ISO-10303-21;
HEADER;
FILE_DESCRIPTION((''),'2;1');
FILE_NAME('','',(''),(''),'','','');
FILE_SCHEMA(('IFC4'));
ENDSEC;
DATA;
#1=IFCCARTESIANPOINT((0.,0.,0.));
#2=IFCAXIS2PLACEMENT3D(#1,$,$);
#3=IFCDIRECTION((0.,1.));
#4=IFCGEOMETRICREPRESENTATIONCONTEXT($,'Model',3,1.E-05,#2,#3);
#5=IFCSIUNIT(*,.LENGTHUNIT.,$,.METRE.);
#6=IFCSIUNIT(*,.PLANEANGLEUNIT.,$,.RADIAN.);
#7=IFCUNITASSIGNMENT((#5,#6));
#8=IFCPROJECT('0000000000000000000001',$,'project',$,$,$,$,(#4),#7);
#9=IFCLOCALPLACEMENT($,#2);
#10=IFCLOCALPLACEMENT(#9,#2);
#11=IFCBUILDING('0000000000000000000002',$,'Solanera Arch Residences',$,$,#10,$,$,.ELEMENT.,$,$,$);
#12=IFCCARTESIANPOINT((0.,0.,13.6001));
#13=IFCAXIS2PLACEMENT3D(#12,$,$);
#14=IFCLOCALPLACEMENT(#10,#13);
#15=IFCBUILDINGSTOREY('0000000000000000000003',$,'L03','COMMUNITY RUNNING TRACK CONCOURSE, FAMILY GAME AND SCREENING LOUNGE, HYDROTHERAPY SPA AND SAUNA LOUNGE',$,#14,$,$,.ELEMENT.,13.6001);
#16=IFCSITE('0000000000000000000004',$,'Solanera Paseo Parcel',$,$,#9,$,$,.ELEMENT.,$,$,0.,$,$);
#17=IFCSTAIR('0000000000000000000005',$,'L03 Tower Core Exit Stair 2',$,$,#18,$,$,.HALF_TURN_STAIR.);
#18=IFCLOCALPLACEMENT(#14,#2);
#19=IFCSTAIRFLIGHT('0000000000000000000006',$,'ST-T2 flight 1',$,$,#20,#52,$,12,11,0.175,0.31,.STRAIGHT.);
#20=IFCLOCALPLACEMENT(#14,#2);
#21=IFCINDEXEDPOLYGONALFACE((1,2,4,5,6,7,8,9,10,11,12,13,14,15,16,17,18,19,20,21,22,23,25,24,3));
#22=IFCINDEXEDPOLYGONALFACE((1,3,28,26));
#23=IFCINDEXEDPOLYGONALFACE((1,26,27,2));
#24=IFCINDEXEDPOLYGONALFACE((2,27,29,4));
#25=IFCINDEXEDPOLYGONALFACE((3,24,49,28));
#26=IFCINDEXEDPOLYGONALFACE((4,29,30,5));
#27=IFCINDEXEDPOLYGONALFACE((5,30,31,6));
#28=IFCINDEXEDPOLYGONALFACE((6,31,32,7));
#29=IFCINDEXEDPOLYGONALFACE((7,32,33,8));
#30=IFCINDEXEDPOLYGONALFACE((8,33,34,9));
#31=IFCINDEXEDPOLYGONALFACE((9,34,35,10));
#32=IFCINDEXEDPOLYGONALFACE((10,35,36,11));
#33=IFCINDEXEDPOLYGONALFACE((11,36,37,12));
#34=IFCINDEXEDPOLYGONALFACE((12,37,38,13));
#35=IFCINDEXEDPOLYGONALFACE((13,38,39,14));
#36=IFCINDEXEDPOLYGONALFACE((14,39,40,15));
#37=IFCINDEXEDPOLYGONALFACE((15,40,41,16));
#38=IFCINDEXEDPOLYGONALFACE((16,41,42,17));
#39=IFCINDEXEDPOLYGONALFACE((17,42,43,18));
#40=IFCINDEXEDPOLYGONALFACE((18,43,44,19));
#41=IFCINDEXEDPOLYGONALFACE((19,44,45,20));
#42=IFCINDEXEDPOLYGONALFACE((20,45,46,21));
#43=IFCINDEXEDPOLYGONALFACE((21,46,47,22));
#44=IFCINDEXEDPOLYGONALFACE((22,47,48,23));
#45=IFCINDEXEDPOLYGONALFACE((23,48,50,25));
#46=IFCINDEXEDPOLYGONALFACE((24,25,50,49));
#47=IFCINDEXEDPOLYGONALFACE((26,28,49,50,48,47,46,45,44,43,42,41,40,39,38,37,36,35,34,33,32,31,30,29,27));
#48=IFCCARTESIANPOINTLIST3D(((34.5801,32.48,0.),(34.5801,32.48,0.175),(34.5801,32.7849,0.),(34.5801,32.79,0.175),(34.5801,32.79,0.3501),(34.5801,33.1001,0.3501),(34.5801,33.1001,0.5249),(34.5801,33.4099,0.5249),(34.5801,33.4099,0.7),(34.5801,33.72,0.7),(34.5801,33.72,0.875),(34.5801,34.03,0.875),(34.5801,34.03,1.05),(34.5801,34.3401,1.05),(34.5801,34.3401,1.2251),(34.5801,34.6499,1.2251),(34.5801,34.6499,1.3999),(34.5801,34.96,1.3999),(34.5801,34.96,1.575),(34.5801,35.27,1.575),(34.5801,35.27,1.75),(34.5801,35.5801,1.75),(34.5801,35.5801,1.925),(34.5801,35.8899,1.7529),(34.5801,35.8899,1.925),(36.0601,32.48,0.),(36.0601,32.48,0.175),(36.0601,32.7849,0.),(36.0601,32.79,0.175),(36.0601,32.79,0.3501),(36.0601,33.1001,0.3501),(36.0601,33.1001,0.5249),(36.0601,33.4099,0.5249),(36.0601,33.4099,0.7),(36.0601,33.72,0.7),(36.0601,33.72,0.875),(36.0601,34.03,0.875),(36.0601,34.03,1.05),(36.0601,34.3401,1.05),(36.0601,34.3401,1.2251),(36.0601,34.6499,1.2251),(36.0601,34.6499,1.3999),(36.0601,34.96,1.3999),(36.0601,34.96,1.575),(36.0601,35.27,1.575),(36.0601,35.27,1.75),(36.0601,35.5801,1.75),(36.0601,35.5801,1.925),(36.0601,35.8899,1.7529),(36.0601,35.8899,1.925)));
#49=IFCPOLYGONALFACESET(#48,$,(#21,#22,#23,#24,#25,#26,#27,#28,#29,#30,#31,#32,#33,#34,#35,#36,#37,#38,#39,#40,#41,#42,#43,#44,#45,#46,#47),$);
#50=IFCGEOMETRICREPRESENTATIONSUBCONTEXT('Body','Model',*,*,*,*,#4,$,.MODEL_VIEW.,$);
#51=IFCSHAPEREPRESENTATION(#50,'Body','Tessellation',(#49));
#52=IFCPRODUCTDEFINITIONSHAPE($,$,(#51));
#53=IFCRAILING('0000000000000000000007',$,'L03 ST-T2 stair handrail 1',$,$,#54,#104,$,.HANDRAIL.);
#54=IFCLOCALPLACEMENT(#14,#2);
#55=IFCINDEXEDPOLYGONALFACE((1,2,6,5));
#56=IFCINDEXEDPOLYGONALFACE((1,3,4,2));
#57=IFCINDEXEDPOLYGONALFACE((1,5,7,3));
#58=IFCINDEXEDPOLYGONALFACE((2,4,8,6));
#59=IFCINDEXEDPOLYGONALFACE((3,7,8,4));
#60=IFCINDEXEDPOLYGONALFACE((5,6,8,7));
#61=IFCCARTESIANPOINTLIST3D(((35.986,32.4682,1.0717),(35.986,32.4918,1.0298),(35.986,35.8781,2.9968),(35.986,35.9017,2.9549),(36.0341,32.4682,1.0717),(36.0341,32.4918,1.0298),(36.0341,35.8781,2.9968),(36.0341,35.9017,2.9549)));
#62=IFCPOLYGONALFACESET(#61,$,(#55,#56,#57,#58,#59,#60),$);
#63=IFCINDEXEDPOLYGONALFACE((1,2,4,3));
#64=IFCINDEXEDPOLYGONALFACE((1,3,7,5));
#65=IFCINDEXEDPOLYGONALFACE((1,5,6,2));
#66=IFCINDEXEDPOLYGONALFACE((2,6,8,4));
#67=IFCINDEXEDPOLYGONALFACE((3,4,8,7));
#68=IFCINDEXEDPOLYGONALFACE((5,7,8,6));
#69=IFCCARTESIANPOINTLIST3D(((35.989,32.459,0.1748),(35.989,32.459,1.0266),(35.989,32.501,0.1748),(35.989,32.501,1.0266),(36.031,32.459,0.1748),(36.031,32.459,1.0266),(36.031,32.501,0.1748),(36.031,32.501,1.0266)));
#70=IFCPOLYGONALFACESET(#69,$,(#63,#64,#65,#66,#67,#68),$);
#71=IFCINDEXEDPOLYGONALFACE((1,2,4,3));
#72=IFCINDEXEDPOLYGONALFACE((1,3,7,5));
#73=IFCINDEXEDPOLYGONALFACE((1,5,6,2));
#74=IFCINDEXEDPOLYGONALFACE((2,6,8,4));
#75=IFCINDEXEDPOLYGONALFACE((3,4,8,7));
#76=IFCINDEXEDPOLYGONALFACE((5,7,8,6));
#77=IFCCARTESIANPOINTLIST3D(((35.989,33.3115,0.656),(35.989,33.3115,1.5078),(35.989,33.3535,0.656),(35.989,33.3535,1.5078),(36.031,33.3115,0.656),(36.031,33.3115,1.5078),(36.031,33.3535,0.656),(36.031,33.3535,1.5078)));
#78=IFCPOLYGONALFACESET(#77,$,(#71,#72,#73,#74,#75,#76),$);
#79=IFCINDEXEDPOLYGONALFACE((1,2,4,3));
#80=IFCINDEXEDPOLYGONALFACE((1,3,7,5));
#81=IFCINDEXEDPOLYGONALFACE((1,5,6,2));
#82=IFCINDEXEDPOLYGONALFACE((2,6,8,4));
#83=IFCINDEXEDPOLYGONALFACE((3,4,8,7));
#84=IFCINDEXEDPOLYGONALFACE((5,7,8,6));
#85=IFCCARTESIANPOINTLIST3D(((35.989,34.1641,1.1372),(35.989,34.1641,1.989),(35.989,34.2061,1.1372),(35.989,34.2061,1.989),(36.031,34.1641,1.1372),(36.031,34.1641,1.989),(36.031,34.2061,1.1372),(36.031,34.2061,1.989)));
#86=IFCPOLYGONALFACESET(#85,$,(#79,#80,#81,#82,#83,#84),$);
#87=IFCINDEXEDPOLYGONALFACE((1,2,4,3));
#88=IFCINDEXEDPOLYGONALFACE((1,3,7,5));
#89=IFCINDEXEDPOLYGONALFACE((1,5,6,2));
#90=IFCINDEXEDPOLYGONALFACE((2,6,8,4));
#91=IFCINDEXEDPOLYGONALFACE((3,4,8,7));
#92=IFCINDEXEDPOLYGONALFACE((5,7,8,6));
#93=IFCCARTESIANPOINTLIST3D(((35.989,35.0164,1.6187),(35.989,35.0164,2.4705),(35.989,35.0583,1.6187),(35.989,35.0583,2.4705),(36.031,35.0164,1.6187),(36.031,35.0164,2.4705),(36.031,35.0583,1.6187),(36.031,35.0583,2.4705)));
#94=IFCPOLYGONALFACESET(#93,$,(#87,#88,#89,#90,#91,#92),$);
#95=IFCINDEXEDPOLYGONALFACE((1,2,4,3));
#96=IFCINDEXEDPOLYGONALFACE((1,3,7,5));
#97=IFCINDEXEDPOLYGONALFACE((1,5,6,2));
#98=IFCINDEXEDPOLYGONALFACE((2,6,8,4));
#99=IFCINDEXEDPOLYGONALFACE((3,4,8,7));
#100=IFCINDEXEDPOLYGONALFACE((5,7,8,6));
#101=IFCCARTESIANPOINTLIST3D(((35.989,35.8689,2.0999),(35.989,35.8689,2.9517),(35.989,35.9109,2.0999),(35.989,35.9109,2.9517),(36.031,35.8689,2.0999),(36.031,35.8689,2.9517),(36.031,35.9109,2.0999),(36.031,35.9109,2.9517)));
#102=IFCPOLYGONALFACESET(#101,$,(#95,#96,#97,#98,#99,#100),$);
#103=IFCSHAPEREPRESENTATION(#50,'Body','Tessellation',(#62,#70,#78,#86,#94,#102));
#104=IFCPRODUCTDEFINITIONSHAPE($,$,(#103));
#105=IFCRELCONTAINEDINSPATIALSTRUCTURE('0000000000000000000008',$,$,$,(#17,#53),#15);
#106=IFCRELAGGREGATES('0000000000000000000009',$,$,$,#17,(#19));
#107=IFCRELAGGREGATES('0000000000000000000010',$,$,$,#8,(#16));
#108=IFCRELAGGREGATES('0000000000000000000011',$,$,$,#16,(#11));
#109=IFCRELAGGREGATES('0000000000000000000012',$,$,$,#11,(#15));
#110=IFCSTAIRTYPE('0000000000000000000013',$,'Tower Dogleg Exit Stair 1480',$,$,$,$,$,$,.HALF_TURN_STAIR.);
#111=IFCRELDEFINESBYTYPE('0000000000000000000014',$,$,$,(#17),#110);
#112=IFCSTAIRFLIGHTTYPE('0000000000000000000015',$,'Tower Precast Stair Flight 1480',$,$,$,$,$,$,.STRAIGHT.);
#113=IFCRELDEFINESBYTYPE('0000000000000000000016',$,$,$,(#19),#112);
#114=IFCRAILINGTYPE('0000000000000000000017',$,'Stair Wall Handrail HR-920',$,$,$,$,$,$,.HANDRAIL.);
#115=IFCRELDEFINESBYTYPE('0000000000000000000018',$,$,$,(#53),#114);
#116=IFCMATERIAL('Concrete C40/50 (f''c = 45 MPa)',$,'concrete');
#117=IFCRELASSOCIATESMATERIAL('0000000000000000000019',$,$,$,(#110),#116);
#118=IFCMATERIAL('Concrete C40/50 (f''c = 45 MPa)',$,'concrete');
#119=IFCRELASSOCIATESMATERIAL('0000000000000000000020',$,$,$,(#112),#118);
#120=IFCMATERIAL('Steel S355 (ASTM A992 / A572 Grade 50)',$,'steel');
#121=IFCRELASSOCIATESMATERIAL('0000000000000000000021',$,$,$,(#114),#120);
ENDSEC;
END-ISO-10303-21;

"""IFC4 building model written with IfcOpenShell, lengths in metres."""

from ifc_helpers import new_model, si_unit, direction, frame, origin, origin_2d, place, context, subcontext, project, spatial, polyline, rectangle, outline, extrude, material, type_object, element, aggregate, save


model = new_model("IFC4")

# Units and contexts
model_context = context("Model", 3, precision=1e-05, world=origin(), true_north=direction((0.0, 1.0)))
body_context = subcontext(model_context, "Body", "Model", "MODEL_VIEW")
ifc_project = project(units=[si_unit("LENGTHUNIT", "METRE"), si_unit("PLANEANGLEUNIT", "RADIAN")], contexts=[model_context])

# Site, building, storey
site_placement = place(None, origin())
site = spatial("IfcSite", under=ifc_project, at=site_placement, Name="Solanera Paseo Parcel", CompositionType="ELEMENT", RefElevation=0.0)
building_placement = place(site_placement, origin())
building = spatial("IfcBuilding", under=site, at=building_placement, Name="Solanera Arch Residences", CompositionType="ELEMENT")
storey_placement = place(building_placement, frame((0.0, 0.0, 13.6001)))
storey = spatial("IfcBuildingStorey", under=building, at=storey_placement, Name="L03", Description="COMMUNITY RUNNING TRACK CONCOURSE, FAMILY GAME AND SCREENING LOUNGE, HYDROTHERAPY SPA AND SAUNA LOUNGE", CompositionType="ELEMENT", Elevation=13.6001)

# Stair, stair flight
ifc_material_1 = material(Name="Concrete C40/50 (f'c = 45 MPa)", Category="concrete")
stair_type = type_object("IfcStairType", Name="Tower Dogleg Exit Stair 1480", PredefinedType="HALF_TURN_STAIR", material=ifc_material_1)
stair_placement = place(storey_placement, origin())
stair = element("IfcStair", 1, at=stair_placement, inside=storey, type_object=stair_type, Name="L03 Tower Core Exit Stair 2", PredefinedType="HALF_TURN_STAIR")
ifc_material_2 = material(Name="Concrete C40/50 (f'c = 45 MPa)", Category="concrete")
stair_flight_type = type_object("IfcStairFlightType", Name="Tower Precast Stair Flight 1480", PredefinedType="STRAIGHT", material=ifc_material_2)
stair_flight_placement = place(storey_placement, frame((35.3201, 32.48, 0.0), z_axis=(0.0, 0.0, 1.0), x_axis=(0.0, 1.0, 0.0)))
stair_flight = element("IfcStairFlight", 2, at=stair_flight_placement, type_object=stair_flight_type, Name="ST-T2 flight 1", NumberOfRisers=12, NumberOfTreads=11, PredefinedType="STRAIGHT", RiserHeight=0.175, TreadLength=0.31, context=body_context, shape_type="SweptSolid", body=[
    extrude(outline(polyline([(0.0, 0.0), (0.0, 0.175), (0.3101, 0.175), (0.3101, 0.3501), (0.6201, 0.3501), (0.6201, 0.5249), (0.9299, 0.5249), (0.9299, 0.7), (1.24, 0.7), (1.24, 0.875), (1.55, 0.875), (1.55, 1.05), (1.8601, 1.05), (1.8601, 1.2251), (2.1699, 1.2251), (2.1699, 1.3999), (2.48, 1.3999), (2.48, 1.575), (2.79, 1.575), (2.79, 1.75), (3.1001, 1.75), (3.1001, 1.925), (3.4099, 1.925), (3.4099, 2.1001), (3.4099, 1.7529), (0.3049, 0.0), (0.0, 0.0)])), frame((0.0, 0.74, 0.0), z_axis=(0.0, -1.0, 0.0), x_axis=(1.0, 0.0, 0.0)), (0.0, 0.0, 1.0), 1.48),
])
aggregate(stair, [stair_flight])

# Railing
ifc_material_3 = material(Name="Steel S355 (ASTM A992 / A572 Grade 50)", Category="steel")
railing_type = type_object("IfcRailingType", Name="Stair Wall Handrail HR-920", PredefinedType="HANDRAIL", material=ifc_material_3)
railing_placement = place(storey_placement, frame((36.01, 32.48, 0.1748)))
element("IfcRailing", 3, at=railing_placement, inside=storey, type_object=railing_type, Name="L03 ST-T2 stair handrail 1", PredefinedType="HANDRAIL", context=body_context, shape_type="SweptSolid", body=[
    extrude(rectangle(XDim=0.0481, YDim=0.0481, at=origin_2d()), frame((0.0, 0.0, 0.876), z_axis=(0.0, 0.870814, 0.491613), x_axis=(-1.0, 0.0, 0.0)), (0.0, 0.0, 1.0), 3.9158),
    extrude(rectangle(XDim=0.042, YDim=0.042, at=origin_2d()), origin(), (0.0, 0.0, 1.0), 0.8518),
    extrude(rectangle(XDim=0.042, YDim=0.042, at=origin_2d()), frame((0.0, 0.8525, 0.4812)), (0.0, 0.0, 1.0), 0.8518),
    extrude(rectangle(XDim=0.042, YDim=0.042, at=origin_2d()), frame((0.0, 1.7051, 0.9624)), (0.0, 0.0, 1.0), 0.8518),
    extrude(rectangle(XDim=0.042, YDim=0.042, at=origin_2d()), frame((0.0, 2.5574, 1.4438)), (0.0, 0.0, 1.0), 0.8518),
    extrude(rectangle(XDim=0.042, YDim=0.042, at=origin_2d()), frame((0.0, 3.4099, 1.925)), (0.0, 0.0, 1.0), 0.8518),
])

save(model, "model.ifc")
